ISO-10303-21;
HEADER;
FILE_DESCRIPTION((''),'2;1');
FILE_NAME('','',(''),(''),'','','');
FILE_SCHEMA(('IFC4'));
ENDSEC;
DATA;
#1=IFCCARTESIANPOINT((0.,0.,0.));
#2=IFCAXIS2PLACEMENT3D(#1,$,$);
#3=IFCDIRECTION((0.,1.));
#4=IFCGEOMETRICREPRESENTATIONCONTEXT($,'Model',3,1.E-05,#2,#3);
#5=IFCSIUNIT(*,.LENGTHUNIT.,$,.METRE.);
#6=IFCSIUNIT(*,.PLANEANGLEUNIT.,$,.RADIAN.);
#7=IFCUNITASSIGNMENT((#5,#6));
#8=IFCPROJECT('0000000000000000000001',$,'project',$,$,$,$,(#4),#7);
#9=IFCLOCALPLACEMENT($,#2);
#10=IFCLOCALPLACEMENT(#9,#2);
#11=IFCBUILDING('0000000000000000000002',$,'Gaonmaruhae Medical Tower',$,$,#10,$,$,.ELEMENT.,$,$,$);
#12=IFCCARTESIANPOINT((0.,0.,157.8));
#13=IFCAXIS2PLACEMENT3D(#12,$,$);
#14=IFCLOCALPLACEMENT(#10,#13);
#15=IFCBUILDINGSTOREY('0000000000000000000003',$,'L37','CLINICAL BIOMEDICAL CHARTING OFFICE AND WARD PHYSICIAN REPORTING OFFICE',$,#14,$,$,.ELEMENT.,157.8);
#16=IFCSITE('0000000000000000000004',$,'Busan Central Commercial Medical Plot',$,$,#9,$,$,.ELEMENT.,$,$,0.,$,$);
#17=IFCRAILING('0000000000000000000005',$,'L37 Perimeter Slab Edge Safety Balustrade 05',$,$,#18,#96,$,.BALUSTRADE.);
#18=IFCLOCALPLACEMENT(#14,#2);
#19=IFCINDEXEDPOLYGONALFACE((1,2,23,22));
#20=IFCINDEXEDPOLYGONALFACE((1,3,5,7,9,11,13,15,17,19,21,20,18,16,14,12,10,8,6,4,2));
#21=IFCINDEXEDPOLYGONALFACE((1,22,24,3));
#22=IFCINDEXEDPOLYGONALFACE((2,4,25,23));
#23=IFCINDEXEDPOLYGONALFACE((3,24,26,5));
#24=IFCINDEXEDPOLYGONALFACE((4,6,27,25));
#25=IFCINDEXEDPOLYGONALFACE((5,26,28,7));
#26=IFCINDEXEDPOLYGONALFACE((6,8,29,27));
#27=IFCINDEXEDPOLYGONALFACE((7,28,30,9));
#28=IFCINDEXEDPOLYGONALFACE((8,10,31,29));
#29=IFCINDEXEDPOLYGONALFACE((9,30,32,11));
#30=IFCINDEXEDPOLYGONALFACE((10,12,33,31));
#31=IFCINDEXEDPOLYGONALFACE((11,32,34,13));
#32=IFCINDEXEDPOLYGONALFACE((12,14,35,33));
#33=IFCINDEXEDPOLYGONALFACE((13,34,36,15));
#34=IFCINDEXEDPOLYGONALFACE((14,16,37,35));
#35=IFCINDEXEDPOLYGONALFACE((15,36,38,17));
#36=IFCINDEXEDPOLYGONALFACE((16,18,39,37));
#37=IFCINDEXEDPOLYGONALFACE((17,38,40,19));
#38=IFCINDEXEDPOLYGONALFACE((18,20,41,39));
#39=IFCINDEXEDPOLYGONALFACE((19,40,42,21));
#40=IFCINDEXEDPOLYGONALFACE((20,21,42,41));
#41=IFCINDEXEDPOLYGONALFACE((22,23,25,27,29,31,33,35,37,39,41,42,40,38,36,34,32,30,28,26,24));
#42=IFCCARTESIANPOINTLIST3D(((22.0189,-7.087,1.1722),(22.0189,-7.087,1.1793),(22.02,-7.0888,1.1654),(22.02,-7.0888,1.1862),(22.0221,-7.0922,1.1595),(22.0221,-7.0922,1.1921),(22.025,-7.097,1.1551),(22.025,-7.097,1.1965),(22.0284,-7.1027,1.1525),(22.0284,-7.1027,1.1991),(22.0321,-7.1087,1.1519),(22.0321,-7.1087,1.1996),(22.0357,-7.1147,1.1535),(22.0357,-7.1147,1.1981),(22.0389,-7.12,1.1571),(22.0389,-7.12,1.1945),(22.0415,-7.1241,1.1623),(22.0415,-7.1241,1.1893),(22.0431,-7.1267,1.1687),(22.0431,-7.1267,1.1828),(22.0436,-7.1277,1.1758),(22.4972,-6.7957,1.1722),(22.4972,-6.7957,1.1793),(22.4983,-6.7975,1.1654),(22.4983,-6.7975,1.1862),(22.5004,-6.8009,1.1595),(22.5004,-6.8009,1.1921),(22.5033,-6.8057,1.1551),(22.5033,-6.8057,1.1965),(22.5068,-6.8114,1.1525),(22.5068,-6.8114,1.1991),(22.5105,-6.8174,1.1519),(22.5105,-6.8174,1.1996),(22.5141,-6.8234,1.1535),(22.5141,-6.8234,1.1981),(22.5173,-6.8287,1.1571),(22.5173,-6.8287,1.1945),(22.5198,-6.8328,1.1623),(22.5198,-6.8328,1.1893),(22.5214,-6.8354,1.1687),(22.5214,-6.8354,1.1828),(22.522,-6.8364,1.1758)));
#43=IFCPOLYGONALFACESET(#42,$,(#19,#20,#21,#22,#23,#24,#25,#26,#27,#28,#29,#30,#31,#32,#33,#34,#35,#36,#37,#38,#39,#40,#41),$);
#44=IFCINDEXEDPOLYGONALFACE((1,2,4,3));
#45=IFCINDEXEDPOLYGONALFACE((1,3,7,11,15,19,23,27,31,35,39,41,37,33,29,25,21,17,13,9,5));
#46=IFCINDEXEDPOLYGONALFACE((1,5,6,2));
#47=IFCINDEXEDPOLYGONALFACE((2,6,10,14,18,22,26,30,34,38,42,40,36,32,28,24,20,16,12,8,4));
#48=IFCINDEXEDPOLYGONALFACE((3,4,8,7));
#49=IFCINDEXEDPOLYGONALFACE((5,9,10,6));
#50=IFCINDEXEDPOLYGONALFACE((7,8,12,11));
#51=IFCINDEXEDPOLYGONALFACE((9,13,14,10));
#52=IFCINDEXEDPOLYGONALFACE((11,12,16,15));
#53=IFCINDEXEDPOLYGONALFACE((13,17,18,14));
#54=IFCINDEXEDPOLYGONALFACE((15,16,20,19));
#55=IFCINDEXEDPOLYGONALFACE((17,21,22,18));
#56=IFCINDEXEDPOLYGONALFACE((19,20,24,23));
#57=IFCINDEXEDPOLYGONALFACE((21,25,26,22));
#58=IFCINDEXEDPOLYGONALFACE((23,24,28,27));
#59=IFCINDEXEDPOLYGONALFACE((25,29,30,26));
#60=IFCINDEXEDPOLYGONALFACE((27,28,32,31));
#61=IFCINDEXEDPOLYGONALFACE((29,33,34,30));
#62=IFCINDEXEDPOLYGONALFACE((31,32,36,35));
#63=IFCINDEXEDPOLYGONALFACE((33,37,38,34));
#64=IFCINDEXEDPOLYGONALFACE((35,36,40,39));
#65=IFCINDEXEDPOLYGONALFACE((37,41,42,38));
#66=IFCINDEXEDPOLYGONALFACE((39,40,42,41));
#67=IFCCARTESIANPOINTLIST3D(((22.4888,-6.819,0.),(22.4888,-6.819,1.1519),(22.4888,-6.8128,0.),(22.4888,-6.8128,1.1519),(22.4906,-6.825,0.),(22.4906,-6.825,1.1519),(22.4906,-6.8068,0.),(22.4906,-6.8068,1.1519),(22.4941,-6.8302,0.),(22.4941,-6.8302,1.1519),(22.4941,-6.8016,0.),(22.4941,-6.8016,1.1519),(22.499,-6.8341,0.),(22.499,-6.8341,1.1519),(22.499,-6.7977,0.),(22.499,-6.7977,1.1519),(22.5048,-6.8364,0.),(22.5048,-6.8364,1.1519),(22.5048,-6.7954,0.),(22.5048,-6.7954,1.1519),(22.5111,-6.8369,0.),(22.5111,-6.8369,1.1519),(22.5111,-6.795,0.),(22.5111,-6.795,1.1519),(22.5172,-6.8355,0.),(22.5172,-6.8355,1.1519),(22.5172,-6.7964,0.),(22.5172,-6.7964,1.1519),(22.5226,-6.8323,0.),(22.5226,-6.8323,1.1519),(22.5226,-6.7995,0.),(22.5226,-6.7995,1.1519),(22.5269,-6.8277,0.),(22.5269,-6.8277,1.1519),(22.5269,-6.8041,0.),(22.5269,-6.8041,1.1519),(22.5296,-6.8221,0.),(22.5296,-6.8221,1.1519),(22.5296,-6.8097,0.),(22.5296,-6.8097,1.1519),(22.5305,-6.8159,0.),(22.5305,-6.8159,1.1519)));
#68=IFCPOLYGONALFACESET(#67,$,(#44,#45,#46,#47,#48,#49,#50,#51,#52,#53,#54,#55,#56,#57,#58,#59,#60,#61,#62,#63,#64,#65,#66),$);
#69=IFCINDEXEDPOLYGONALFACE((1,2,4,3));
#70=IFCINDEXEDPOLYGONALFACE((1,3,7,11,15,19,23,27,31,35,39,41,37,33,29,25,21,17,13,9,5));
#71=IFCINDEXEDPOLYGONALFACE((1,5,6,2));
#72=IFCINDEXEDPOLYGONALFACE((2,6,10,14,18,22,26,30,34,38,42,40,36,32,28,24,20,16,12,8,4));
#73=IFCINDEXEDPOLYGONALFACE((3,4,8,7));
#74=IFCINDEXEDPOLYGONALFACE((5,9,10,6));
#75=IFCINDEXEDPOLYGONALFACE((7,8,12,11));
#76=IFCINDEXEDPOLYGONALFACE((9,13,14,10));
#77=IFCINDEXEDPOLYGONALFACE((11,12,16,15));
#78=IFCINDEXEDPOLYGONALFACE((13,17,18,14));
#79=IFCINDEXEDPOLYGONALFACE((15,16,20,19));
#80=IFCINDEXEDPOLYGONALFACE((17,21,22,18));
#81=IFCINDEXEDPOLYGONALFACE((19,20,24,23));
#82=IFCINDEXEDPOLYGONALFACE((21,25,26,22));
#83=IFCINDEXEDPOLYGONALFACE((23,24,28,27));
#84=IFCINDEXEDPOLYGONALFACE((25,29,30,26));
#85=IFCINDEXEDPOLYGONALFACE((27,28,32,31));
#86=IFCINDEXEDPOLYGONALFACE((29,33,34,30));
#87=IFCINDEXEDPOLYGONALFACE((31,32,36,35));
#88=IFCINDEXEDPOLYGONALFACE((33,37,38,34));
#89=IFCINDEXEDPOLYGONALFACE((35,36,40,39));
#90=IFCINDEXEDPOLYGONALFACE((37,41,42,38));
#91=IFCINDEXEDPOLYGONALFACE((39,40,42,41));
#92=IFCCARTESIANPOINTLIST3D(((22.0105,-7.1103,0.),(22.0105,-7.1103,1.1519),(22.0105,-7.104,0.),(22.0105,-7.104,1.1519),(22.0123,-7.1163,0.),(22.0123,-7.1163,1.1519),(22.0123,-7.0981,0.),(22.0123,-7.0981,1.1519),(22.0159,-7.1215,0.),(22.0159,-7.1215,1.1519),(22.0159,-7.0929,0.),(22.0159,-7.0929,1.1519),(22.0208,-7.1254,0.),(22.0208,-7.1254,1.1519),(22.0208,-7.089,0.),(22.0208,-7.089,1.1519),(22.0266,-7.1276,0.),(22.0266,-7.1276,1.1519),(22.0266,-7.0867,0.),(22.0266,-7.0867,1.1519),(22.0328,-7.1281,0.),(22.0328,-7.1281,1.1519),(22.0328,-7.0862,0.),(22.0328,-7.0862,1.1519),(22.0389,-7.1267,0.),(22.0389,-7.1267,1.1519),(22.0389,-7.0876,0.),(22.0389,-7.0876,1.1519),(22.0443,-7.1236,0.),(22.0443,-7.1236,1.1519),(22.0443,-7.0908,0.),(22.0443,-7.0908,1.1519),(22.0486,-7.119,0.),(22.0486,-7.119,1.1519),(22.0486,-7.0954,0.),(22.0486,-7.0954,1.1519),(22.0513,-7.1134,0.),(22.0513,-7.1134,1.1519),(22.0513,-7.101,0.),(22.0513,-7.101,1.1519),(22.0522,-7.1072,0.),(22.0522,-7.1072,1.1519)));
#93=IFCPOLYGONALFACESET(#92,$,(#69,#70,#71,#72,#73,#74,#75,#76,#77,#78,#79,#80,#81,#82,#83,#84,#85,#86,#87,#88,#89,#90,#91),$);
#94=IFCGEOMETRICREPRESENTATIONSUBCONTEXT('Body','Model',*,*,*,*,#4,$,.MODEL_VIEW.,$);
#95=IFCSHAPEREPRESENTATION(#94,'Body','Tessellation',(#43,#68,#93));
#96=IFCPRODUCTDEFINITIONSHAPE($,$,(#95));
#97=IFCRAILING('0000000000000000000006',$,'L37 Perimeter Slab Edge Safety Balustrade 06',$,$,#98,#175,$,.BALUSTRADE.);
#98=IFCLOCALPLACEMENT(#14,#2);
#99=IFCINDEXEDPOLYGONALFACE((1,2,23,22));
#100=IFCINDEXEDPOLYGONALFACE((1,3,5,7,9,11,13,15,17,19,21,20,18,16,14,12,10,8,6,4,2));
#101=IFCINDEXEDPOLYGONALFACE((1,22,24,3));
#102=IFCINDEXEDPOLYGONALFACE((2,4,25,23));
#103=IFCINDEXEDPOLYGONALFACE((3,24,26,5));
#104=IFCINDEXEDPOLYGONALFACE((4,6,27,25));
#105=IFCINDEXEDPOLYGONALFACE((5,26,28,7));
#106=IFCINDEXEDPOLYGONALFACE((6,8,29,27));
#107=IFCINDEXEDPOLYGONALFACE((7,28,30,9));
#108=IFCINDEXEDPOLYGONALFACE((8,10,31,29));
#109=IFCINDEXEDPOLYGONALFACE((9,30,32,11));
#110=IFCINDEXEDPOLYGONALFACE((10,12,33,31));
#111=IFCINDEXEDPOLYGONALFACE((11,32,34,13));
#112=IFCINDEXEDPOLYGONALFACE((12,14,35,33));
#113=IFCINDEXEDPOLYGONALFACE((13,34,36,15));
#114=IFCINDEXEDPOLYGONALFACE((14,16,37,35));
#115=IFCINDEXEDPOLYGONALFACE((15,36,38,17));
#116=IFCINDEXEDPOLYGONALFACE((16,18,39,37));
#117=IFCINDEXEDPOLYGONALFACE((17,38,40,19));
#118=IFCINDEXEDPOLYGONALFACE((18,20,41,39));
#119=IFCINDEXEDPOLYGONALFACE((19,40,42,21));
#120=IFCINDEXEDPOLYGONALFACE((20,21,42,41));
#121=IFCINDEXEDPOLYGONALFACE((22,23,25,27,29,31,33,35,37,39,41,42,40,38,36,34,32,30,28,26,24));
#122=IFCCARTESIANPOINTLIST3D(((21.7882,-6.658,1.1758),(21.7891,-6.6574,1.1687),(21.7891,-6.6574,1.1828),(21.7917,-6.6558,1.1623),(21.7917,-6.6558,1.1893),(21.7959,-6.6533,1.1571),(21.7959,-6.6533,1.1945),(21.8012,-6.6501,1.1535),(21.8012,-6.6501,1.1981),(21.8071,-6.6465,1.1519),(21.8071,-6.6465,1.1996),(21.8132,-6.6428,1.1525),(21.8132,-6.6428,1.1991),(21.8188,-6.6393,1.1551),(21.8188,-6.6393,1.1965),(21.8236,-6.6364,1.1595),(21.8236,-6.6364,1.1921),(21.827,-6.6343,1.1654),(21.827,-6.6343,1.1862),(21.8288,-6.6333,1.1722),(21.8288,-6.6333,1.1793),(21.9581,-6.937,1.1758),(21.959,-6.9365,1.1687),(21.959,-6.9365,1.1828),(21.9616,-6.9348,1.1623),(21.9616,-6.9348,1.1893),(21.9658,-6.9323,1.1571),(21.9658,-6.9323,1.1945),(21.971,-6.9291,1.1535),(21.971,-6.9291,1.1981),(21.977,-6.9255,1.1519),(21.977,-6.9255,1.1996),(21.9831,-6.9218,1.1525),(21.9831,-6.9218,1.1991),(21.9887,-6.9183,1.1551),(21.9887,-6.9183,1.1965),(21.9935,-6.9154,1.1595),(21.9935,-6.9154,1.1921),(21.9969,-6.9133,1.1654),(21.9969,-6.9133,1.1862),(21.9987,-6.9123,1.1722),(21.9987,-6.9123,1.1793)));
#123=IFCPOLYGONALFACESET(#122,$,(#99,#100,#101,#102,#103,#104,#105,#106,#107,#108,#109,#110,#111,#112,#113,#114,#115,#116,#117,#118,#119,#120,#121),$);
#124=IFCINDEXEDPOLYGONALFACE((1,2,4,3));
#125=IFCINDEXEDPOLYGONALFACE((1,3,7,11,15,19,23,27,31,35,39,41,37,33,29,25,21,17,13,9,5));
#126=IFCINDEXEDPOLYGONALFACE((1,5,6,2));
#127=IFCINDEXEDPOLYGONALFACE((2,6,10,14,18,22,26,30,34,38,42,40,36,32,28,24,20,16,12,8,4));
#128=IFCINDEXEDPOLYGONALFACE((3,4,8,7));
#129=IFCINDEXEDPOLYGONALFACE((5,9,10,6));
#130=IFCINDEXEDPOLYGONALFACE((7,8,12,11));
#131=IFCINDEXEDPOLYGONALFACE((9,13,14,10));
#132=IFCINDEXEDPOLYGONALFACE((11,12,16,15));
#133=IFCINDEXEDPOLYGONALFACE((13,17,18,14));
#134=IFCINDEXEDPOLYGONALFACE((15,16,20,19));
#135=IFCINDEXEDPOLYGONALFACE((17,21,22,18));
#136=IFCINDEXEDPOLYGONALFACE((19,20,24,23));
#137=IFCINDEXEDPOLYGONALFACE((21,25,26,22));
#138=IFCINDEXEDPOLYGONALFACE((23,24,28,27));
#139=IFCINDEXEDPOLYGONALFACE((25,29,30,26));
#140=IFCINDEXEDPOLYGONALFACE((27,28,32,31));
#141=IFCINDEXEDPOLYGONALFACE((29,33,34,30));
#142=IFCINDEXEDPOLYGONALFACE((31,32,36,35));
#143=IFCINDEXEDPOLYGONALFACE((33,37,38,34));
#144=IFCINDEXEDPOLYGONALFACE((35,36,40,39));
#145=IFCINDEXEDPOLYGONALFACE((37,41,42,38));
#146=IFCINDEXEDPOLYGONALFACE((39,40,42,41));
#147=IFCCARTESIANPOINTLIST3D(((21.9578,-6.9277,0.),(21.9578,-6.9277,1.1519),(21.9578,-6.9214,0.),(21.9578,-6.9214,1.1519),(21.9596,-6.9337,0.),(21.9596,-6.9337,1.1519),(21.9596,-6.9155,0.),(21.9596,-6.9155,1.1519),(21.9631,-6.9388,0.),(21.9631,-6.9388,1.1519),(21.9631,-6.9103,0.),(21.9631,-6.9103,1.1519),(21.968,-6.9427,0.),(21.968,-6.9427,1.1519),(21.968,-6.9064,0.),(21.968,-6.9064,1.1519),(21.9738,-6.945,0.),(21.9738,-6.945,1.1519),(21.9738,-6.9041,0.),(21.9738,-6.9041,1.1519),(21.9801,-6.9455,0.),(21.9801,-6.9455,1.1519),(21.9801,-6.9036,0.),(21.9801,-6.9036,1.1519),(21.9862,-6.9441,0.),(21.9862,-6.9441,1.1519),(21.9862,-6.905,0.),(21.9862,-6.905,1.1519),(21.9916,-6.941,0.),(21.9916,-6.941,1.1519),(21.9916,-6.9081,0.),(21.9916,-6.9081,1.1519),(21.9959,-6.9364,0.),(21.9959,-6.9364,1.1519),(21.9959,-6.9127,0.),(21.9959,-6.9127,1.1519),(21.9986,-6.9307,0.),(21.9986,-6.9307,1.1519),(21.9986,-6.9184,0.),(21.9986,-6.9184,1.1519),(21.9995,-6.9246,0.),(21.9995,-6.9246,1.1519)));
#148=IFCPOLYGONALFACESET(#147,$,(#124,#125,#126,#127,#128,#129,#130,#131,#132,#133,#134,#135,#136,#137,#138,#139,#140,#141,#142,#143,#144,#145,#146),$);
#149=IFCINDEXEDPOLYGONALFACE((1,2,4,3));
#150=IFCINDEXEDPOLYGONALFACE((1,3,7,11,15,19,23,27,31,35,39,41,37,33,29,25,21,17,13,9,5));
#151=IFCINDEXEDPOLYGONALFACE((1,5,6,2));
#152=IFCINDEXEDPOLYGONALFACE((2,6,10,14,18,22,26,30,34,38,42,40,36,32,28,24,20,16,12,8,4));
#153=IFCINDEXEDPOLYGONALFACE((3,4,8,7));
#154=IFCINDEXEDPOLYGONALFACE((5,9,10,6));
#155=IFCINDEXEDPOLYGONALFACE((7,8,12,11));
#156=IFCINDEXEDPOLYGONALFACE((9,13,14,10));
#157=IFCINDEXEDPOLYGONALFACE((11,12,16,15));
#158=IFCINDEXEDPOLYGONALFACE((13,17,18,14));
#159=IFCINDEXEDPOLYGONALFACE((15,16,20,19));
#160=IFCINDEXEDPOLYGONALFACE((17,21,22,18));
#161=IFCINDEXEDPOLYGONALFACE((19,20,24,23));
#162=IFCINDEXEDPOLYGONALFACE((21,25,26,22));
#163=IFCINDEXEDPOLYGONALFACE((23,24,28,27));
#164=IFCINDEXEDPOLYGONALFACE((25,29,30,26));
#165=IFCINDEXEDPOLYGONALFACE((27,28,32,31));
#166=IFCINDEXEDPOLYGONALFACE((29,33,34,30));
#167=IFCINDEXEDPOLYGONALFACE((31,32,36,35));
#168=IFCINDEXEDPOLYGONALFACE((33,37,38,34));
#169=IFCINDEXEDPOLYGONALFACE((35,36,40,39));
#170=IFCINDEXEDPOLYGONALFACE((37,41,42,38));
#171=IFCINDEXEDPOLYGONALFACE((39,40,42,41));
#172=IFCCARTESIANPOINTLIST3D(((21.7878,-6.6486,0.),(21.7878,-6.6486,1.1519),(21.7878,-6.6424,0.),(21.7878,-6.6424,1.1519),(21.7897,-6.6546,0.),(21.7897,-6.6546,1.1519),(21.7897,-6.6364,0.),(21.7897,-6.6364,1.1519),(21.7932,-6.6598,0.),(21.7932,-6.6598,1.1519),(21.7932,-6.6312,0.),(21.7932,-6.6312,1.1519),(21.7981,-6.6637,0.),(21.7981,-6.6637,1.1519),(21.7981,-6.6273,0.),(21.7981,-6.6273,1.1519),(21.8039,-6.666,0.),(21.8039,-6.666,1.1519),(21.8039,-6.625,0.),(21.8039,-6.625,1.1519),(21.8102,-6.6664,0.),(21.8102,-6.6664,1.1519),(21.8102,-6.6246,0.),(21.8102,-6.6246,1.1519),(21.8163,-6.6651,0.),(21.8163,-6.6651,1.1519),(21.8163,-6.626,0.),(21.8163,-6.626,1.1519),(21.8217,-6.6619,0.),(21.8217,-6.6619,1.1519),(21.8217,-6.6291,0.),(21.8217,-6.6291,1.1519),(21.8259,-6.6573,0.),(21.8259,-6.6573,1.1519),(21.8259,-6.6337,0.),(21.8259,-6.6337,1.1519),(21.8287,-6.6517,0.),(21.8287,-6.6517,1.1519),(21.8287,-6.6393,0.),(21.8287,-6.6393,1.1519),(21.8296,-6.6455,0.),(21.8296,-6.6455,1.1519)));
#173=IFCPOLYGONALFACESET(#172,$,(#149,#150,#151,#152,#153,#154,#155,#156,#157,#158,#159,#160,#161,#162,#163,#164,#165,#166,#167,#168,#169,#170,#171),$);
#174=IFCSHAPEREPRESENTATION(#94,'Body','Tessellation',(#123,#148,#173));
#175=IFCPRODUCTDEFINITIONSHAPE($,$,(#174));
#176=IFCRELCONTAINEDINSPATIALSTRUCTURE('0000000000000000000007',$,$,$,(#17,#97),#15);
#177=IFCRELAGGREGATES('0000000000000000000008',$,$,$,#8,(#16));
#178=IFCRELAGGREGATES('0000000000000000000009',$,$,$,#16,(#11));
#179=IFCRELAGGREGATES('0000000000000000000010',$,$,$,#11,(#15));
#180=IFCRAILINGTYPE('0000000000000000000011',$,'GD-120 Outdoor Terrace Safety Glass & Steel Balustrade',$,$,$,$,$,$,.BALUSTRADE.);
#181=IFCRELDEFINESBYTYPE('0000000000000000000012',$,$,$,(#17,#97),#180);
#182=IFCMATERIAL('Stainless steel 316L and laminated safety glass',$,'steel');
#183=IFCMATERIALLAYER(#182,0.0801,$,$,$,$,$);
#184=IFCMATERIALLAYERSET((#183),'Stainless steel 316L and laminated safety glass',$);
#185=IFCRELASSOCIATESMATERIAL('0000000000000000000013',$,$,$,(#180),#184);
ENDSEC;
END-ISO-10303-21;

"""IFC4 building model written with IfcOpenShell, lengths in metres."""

from ifc_helpers import new_model, si_unit, direction, frame, origin, origin_2d, place, context, subcontext, project, spatial, circle, extrude, material, layer, layer_set, type_object, element, save


model = new_model("IFC4")

# Units and contexts
model_context = context("Model", 3, precision=1e-05, world=origin(), true_north=direction((0.0, 1.0)))
body_context = subcontext(model_context, "Body", "Model", "MODEL_VIEW")
ifc_project = project(units=[si_unit("LENGTHUNIT", "METRE"), si_unit("PLANEANGLEUNIT", "RADIAN")], contexts=[model_context])

# Site, building, storey
site_placement = place(None, origin())
site = spatial("IfcSite", under=ifc_project, at=site_placement, Name="Busan Central Commercial Medical Plot", CompositionType="ELEMENT", RefElevation=0.0)
building_placement = place(site_placement, origin())
building = spatial("IfcBuilding", under=site, at=building_placement, Name="Gaonmaruhae Medical Tower", CompositionType="ELEMENT")
storey_placement = place(building_placement, frame((0.0, 0.0, 157.8)))
storey = spatial("IfcBuildingStorey", under=building, at=storey_placement, Name="L37", Description="CLINICAL BIOMEDICAL CHARTING OFFICE AND WARD PHYSICIAN REPORTING OFFICE", CompositionType="ELEMENT", Elevation=157.8)

# Railings
ifc_material_1 = material(Name="Stainless steel 316L and laminated safety glass", Category="steel")
ifc_layer_1 = layer(ifc_material_1, 0.0801)
ifc_layer_set_1 = layer_set([ifc_layer_1], Name="Stainless steel 316L and laminated safety glass")
railing_type = type_object("IfcRailingType", Name="GD-120 Outdoor Terrace Safety Glass & Steel Balustrade", PredefinedType="BALUSTRADE", material=ifc_layer_set_1)
railing_1_placement = place(storey_placement, frame((22.5095, -6.8159, 0.0)))
element("IfcRailing", 1, at=railing_1_placement, inside=storey, type_object=railing_type, Name="L37 Perimeter Slab Edge Safety Balustrade 05", PredefinedType="BALUSTRADE", context=body_context, shape_type="SweptSolid", body=[
    extrude(circle(Radius=0.0239, at=origin_2d()), frame((0.0, 0.0, 1.1758), z_axis=(-0.854089, -0.520127, 0.0), x_axis=(0.520127, -0.854089, 0.0)), (0.0, 0.0, 1.0), 0.5601),
    extrude(circle(Radius=0.021, at=origin_2d()), origin(), (0.0, 0.0, 1.0), 1.1519),
    extrude(circle(Radius=0.021, at=origin_2d()), frame((-0.4783, -0.2913, 0.0)), (0.0, 0.0, 1.0), 1.1519),
])
railing_2_placement = place(storey_placement, frame((21.9785, -6.9246, 0.0)))
element("IfcRailing", 2, at=railing_2_placement, inside=storey, type_object=railing_type, Name="L37 Perimeter Slab Edge Safety Balustrade 06", PredefinedType="BALUSTRADE", context=body_context, shape_type="SweptSolid", body=[
    extrude(circle(Radius=0.0239, at=origin_2d()), frame((0.0, 0.0, 1.1758), z_axis=(-0.520089, 0.854112, 0.0), x_axis=(-0.854112, -0.520089, 0.0)), (0.0, 0.0, 1.0), 0.3267),
    extrude(circle(Radius=0.021, at=origin_2d()), origin(), (0.0, 0.0, 1.0), 1.1519),
    extrude(circle(Radius=0.021, at=origin_2d()), frame((-0.1699, 0.2791, 0.0)), (0.0, 0.0, 1.0), 1.1519),
])

save(model, "model.ifc")
